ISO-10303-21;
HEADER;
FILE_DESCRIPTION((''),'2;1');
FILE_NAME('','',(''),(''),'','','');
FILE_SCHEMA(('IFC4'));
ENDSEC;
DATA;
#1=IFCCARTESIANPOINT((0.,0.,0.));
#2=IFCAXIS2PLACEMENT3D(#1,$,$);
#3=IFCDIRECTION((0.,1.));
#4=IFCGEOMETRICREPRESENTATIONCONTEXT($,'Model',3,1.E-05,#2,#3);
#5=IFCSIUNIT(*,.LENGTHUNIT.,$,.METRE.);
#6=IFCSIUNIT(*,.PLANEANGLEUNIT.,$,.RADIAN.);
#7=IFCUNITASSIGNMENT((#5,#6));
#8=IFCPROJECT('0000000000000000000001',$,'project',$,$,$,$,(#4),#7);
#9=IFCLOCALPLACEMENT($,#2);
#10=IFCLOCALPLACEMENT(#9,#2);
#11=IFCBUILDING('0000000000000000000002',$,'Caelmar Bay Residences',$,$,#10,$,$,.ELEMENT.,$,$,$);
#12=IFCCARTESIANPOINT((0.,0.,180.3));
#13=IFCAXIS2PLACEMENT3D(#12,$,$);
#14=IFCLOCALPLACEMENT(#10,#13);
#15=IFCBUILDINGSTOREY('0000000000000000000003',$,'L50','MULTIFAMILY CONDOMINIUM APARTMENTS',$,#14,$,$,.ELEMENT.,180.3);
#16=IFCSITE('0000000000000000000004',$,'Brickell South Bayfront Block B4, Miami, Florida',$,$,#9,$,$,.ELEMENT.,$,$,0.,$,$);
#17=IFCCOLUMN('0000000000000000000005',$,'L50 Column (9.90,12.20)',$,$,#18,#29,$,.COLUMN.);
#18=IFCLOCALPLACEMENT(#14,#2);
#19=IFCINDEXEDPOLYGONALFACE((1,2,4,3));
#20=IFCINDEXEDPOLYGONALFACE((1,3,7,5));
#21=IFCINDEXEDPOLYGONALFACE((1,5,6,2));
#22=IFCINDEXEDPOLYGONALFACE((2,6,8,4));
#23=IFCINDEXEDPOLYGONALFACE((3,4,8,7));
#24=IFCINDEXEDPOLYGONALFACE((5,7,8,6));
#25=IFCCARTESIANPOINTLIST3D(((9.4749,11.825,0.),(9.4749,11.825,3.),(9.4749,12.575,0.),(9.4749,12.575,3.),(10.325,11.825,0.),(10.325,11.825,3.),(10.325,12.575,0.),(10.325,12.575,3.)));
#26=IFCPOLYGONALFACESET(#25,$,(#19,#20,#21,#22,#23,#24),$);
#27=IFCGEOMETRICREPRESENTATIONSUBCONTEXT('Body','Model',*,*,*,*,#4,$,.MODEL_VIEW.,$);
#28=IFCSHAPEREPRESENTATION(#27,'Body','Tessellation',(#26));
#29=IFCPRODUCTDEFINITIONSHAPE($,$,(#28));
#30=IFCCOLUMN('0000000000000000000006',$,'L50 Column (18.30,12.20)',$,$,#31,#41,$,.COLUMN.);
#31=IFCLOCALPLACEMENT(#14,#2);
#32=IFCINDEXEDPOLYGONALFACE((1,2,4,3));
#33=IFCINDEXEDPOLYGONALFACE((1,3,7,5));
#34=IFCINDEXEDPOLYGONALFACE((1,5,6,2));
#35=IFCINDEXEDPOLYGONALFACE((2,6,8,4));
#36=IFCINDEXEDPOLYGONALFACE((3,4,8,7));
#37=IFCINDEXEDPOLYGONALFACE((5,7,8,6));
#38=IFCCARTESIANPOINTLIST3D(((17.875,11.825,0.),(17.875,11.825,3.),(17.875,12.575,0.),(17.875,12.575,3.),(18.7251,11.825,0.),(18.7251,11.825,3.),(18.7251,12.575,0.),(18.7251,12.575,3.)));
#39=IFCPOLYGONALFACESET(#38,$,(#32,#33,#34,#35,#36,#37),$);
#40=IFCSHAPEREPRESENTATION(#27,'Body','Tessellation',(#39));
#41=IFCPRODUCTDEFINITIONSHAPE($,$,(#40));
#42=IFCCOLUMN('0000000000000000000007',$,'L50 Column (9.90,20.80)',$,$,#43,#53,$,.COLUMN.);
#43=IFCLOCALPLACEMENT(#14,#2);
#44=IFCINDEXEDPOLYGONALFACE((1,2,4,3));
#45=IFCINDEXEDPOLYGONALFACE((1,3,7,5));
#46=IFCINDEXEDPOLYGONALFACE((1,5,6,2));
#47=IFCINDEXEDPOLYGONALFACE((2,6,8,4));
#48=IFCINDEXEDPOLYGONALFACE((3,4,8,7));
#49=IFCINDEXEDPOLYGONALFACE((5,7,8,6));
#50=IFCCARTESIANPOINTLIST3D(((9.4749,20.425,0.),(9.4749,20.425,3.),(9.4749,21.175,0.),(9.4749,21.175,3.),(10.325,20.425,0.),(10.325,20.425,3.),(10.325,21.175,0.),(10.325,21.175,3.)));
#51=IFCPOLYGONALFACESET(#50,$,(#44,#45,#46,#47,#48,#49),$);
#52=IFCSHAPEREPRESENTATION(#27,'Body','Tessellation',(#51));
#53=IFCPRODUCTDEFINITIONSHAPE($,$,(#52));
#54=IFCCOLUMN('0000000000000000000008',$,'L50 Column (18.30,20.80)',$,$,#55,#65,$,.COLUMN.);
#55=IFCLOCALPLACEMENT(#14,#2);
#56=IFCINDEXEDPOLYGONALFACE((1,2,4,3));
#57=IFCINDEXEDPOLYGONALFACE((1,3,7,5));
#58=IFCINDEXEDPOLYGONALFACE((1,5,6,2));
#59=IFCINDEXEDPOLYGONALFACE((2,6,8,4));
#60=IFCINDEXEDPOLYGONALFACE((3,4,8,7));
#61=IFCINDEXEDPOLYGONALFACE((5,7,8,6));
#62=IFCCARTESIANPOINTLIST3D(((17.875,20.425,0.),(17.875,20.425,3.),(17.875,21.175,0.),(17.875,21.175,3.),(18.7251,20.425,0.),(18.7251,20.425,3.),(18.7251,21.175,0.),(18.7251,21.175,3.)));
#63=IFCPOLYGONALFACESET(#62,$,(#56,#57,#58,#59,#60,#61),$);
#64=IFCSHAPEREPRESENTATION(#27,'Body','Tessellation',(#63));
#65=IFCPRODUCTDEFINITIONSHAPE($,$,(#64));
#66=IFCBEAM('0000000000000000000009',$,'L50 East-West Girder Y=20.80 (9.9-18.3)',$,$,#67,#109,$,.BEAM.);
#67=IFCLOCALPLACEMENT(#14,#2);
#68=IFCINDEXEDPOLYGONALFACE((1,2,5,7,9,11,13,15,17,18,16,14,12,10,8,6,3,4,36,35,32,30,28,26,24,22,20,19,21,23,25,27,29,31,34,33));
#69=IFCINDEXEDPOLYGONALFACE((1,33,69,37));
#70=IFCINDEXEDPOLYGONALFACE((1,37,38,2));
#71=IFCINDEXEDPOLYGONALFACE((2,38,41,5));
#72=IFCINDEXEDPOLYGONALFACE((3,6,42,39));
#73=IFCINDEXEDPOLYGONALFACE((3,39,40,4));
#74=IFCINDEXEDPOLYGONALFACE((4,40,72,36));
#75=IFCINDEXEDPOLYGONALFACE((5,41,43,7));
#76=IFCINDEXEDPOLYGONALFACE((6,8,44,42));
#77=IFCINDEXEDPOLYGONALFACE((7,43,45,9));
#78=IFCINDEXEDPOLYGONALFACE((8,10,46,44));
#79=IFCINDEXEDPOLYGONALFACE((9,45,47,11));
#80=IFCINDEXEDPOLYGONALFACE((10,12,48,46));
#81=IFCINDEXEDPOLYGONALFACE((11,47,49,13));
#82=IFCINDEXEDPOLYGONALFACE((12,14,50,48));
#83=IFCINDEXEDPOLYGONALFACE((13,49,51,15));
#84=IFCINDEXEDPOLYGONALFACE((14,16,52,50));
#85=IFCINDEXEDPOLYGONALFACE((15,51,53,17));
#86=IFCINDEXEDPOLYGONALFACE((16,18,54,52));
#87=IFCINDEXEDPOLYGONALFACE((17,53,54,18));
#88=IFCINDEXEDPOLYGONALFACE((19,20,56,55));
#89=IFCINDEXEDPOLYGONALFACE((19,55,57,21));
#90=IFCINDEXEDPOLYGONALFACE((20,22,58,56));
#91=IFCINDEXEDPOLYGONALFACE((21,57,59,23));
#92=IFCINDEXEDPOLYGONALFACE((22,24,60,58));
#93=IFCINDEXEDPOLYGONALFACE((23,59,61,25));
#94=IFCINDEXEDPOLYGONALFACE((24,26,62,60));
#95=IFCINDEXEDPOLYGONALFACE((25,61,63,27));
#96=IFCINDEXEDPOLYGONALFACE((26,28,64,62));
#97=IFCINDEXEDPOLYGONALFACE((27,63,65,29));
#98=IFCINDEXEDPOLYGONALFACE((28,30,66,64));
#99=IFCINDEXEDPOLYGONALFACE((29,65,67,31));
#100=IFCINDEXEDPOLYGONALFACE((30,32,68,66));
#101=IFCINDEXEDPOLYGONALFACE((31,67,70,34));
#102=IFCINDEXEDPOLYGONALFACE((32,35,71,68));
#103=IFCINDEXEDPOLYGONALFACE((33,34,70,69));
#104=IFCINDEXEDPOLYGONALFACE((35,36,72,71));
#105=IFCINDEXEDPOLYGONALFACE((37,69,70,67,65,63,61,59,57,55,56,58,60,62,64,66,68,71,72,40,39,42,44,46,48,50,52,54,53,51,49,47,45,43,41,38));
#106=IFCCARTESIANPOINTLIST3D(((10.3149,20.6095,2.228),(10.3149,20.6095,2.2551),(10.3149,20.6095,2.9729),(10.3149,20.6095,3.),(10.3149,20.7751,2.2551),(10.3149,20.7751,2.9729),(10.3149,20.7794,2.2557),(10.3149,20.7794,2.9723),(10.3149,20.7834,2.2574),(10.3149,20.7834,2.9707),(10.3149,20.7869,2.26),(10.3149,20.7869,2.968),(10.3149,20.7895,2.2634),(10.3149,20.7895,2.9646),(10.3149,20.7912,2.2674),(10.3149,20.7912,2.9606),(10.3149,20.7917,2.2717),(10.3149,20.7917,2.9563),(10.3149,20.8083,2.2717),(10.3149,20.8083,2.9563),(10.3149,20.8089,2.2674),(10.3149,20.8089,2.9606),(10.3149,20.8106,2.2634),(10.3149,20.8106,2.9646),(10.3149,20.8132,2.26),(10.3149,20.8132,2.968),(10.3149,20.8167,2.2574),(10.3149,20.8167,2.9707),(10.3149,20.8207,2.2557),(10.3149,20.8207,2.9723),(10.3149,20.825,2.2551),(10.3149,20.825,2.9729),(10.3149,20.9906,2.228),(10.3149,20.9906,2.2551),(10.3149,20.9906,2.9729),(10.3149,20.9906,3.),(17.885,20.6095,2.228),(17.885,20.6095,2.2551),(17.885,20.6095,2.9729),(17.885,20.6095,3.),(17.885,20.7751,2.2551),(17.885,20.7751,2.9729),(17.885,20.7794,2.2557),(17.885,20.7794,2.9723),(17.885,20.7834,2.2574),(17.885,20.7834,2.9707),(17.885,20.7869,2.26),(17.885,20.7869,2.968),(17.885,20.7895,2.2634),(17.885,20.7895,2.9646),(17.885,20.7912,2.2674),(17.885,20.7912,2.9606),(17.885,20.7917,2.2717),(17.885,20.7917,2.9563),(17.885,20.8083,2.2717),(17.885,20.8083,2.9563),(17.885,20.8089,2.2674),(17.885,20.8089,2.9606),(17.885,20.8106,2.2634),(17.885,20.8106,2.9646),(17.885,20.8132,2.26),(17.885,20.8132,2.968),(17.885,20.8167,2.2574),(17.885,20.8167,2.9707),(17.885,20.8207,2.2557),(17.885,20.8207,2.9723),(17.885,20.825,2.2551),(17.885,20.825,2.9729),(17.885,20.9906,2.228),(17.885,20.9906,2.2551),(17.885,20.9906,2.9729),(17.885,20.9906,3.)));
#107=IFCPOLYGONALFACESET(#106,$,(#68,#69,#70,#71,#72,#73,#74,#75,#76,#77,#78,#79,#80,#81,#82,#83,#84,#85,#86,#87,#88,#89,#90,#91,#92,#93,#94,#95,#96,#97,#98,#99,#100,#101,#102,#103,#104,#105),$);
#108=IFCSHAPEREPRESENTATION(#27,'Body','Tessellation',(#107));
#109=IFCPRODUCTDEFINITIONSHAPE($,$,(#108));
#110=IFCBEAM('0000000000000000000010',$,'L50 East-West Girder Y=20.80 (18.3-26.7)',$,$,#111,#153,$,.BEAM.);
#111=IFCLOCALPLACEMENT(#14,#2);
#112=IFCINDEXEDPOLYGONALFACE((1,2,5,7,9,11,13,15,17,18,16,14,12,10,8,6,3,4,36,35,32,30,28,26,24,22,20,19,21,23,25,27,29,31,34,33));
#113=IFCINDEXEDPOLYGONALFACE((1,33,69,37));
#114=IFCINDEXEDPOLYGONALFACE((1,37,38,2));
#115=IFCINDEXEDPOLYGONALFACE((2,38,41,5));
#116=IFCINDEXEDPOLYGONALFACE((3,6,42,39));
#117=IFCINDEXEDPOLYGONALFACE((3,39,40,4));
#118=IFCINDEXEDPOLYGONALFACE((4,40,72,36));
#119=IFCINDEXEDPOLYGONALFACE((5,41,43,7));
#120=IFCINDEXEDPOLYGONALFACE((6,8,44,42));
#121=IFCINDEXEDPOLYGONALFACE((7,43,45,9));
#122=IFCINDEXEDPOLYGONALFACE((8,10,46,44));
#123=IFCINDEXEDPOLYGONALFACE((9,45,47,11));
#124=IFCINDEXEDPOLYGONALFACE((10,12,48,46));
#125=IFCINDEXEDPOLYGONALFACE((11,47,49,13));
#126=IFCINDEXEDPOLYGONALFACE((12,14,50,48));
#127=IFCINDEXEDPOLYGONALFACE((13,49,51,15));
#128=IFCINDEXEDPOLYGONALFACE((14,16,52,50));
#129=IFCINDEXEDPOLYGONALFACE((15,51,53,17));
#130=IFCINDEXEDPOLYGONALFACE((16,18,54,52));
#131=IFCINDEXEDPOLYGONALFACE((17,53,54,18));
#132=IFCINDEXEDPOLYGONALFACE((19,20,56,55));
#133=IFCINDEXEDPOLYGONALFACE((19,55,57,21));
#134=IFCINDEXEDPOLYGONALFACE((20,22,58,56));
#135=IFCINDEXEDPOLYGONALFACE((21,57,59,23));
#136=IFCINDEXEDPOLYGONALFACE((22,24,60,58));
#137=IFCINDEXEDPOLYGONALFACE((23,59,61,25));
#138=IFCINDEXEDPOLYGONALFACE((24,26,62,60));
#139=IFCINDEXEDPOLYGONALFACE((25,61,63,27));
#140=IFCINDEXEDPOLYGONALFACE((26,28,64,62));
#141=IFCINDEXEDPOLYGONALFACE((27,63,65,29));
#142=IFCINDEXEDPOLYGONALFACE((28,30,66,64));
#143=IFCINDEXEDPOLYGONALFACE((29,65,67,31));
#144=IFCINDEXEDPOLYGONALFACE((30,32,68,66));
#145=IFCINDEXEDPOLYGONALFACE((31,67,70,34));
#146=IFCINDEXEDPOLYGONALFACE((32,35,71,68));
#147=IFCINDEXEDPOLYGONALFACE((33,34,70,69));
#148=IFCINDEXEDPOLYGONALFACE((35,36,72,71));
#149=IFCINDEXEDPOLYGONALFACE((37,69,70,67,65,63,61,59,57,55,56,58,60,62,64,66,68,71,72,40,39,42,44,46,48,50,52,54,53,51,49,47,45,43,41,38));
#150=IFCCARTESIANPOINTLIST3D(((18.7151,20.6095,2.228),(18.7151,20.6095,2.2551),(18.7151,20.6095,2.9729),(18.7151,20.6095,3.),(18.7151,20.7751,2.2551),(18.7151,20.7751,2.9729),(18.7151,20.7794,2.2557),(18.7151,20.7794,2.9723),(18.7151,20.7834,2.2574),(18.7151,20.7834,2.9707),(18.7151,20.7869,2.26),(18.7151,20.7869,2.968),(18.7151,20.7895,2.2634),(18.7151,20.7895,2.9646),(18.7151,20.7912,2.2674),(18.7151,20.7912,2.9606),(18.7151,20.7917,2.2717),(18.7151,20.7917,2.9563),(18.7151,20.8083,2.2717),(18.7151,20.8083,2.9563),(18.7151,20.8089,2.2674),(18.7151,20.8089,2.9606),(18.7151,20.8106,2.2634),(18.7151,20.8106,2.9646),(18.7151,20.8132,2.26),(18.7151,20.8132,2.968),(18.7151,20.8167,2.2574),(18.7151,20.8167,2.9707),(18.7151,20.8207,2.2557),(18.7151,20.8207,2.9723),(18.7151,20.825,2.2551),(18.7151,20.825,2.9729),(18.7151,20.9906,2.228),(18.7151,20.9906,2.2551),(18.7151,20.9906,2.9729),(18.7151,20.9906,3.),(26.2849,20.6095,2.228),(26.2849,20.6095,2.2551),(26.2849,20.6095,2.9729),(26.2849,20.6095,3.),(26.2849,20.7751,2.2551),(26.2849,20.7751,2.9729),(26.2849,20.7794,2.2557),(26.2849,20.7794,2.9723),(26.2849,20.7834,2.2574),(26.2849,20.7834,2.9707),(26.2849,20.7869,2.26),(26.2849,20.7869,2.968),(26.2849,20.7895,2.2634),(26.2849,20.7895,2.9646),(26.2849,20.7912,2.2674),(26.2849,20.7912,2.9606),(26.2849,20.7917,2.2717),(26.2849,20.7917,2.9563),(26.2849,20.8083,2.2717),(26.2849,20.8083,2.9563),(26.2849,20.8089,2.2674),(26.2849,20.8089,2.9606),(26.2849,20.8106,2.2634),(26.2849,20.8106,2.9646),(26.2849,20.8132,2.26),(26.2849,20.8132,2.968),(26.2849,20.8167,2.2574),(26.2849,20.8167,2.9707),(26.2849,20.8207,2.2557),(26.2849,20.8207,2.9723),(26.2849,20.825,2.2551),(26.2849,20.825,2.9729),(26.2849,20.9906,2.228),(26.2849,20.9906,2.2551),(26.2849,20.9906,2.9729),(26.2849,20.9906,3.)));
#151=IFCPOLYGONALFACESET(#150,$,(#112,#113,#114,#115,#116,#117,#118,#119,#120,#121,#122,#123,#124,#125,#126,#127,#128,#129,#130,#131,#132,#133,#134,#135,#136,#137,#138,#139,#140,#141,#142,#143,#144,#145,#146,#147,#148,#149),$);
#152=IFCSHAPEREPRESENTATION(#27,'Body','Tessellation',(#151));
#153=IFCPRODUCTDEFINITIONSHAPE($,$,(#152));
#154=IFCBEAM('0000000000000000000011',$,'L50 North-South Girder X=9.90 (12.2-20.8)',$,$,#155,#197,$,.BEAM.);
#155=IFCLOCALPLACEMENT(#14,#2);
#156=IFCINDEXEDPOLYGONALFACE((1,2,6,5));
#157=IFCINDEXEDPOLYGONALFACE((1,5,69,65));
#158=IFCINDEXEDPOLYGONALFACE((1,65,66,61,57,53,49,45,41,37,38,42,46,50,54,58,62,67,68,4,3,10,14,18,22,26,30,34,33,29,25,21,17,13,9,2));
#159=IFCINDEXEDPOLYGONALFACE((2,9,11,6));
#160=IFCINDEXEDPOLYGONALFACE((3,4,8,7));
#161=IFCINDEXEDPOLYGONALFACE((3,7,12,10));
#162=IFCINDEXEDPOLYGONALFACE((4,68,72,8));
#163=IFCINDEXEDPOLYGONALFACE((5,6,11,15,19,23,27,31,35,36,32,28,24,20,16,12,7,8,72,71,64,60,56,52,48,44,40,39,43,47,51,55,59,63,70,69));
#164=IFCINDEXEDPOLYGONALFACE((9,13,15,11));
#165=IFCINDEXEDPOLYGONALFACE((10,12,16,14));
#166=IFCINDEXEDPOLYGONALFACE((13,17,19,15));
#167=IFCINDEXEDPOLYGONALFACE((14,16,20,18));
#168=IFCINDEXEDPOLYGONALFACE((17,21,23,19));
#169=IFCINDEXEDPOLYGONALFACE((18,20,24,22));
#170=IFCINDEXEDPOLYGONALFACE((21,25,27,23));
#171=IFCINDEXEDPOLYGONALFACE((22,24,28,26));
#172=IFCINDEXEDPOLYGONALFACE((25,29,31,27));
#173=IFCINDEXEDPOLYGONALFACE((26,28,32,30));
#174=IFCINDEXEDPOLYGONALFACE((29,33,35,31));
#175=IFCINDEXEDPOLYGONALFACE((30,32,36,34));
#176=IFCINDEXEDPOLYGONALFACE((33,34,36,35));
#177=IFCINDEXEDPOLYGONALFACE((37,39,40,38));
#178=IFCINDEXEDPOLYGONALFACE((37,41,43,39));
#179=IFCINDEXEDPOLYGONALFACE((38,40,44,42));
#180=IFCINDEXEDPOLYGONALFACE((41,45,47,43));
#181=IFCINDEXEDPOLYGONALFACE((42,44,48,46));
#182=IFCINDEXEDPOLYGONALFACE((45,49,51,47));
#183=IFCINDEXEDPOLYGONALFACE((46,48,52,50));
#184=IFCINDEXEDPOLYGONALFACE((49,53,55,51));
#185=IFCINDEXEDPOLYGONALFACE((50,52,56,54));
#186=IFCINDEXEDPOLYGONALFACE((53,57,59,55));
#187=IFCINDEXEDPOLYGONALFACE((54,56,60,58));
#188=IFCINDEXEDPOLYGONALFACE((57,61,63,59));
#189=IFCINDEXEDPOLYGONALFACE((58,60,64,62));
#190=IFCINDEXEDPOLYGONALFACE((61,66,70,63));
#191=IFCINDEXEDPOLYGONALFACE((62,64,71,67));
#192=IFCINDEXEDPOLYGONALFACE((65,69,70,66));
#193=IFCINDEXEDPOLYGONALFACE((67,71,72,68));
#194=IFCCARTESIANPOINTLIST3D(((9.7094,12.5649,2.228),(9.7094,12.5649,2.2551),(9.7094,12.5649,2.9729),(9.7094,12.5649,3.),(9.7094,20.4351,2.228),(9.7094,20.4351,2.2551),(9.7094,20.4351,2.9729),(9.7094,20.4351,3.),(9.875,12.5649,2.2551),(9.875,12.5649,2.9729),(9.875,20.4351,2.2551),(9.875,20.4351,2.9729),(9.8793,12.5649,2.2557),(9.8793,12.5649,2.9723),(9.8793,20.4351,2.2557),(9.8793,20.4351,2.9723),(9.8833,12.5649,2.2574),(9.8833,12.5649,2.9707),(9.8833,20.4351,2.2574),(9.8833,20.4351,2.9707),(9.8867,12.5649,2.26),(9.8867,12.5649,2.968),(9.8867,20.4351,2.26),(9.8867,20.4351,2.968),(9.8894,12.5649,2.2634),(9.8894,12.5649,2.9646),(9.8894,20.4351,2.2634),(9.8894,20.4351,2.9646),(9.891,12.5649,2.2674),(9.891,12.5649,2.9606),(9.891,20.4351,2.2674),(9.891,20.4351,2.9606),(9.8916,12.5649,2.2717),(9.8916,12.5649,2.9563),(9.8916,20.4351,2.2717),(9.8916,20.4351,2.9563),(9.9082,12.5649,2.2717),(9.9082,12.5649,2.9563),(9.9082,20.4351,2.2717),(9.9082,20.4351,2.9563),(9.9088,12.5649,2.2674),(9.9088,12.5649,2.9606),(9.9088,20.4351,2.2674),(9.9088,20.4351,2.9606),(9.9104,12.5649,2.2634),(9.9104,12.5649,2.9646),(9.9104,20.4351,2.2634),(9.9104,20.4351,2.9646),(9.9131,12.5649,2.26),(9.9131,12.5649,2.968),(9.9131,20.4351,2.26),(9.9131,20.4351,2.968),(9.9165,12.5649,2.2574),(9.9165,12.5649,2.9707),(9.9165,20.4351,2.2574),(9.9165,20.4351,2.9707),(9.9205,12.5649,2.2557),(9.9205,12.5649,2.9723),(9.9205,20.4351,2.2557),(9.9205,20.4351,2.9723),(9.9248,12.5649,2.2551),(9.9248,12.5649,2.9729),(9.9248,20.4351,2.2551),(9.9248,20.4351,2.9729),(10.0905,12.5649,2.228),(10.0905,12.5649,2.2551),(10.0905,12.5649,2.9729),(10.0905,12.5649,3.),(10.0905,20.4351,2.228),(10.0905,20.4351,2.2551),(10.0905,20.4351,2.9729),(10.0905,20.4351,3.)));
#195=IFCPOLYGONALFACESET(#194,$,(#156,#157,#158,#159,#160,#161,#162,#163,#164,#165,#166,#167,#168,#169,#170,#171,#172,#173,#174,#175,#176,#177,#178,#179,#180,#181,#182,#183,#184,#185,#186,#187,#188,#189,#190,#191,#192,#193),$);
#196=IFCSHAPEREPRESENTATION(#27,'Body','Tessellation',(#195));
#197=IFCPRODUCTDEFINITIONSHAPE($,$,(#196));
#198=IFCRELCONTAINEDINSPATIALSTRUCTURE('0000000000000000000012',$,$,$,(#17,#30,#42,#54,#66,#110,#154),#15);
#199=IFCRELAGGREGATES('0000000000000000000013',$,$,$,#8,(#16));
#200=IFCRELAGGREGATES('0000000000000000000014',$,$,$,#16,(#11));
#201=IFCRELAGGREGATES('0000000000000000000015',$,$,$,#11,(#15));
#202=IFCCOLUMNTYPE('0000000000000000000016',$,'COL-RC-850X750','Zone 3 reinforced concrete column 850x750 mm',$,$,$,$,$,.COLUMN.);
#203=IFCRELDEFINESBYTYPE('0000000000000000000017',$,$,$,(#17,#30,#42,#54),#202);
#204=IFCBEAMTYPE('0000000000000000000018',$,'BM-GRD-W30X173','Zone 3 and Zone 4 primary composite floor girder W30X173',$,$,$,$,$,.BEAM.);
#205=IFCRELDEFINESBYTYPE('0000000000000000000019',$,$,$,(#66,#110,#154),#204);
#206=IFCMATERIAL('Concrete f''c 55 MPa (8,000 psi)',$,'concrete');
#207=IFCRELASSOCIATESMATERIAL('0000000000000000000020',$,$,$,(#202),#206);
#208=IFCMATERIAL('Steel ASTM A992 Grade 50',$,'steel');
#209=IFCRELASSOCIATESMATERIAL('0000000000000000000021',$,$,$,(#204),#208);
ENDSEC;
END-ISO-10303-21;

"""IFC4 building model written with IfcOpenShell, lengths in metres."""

from ifc_helpers import new_model, si_unit, direction, frame, origin, origin_2d, place, context, subcontext, project, spatial, rectangle, i_section, extrude, material, material_profile, profile_set, type_object, element, save


model = new_model("IFC4")

# Units and contexts
model_context = context("Model", 3, precision=1e-05, world=origin(), true_north=direction((0.0, 1.0)))
body_context = subcontext(model_context, "Body", "Model", "MODEL_VIEW")
ifc_project = project(units=[si_unit("LENGTHUNIT", "METRE"), si_unit("PLANEANGLEUNIT", "RADIAN")], contexts=[model_context])

# Site, building, storey
site_placement = place(None, origin())
site = spatial("IfcSite", under=ifc_project, at=site_placement, Name="Brickell South Bayfront Block B4, Miami, Florida", CompositionType="ELEMENT", RefElevation=0.0)
building_placement = place(site_placement, origin())
building = spatial("IfcBuilding", under=site, at=building_placement, Name="Caelmar Bay Residences", CompositionType="ELEMENT")
storey_placement = place(building_placement, frame((0.0, 0.0, 180.3)))
storey = spatial("IfcBuildingStorey", under=building, at=storey_placement, Name="L50", Description="MULTIFAMILY CONDOMINIUM APARTMENTS", CompositionType="ELEMENT", Elevation=180.3)

# Columns
ifc_material_1 = material(Name="Concrete f'c 55 MPa (8,000 psi)", Category="concrete")
ifc_material_profile_1 = material_profile(ifc_material_1, rectangle(XDim=0.8501, YDim=0.75, at=origin_2d()), Name="RC-COL-850X750")
ifc_profile_set_1 = profile_set([ifc_material_profile_1], Name="Concrete f'c 55 MPa (8,000 psi)")
column_type = type_object("IfcColumnType", Name="COL-RC-850X750", Description="Zone 3 reinforced concrete column 850x750 mm", PredefinedType="COLUMN", material=ifc_profile_set_1)
for number, where, z_axis, x_axis, name in (
    (1, (9.8999, 12.2, 0.0), (0.0, 0.0, 1.0), (1.0, 0.0, 0.0), "L50 Column (9.90,12.20)"),
    (2, (18.3, 12.2, 0.0), (0.0, 0.0, 1.0), (1.0, 0.0, 0.0), "L50 Column (18.30,12.20)"),
    (3, (9.8999, 20.8, 0.0), (0.0, 0.0, 1.0), (1.0, 0.0, 0.0), "L50 Column (9.90,20.80)"),
    (4, (18.3, 20.8, 0.0), (0.0, 0.0, 1.0), (1.0, 0.0, 0.0), "L50 Column (18.30,20.80)"),
):
    element("IfcColumn", number, at=place(storey_placement, frame(where, z_axis=z_axis, x_axis=x_axis)), inside=storey, type_object=column_type, Name=name, PredefinedType="COLUMN", context=body_context, shape_type="SweptSolid", body=[
        extrude(rectangle(XDim=0.8501, YDim=0.75, at=origin_2d()), origin(), (0.0, 0.0, 1.0), 3.0),
    ])

# Beams
ifc_material_2 = material(Name="Steel ASTM A992 Grade 50", Category="steel")
ifc_material_profile_2 = material_profile(ifc_material_2, i_section(OverallWidth=0.3811, OverallDepth=0.772, WebThickness=0.0166, FlangeThickness=0.0271, FilletRadius=0.0166, at=origin_2d()), Name="W30X173")
ifc_profile_set_2 = profile_set([ifc_material_profile_2], Name="Steel ASTM A992 Grade 50")
beam_type_1 = type_object("IfcBeamType", Name="BM-GRD-W30X173", Description="Zone 3 and Zone 4 primary composite floor girder W30X173", PredefinedType="BEAM", material=ifc_profile_set_2)
beam_1_placement = place(storey_placement, frame((10.3149, 20.8, 2.614), z_axis=(1.0, 0.0, 0.0), x_axis=(0.0, 1.0, 0.0)))
element("IfcBeam", 5, at=beam_1_placement, inside=storey, type_object=beam_type_1, Name="L50 East-West Girder Y=20.80 (9.9-18.3)", PredefinedType="BEAM", context=body_context, shape_type="SweptSolid", body=[
    extrude(i_section(OverallWidth=0.3811, OverallDepth=0.772, WebThickness=0.0166, FlangeThickness=0.0271, FilletRadius=0.0166, at=origin_2d()), origin(), (0.0, 0.0, 1.0), 7.5701),
])
beam_2_placement = place(storey_placement, frame((18.7151, 20.8, 2.614), z_axis=(1.0, 0.0, 0.0), x_axis=(0.0, 1.0, 0.0)))
element("IfcBeam", 6, at=beam_2_placement, inside=storey, type_object=beam_type_1, Name="L50 East-West Girder Y=20.80 (18.3-26.7)", PredefinedType="BEAM", context=body_context, shape_type="SweptSolid", body=[
    extrude(i_section(OverallWidth=0.3811, OverallDepth=0.772, WebThickness=0.0166, FlangeThickness=0.0271, FilletRadius=0.0166, at=origin_2d()), origin(), (0.0, 0.0, 1.0), 7.5698),
])
beam_3_placement = place(storey_placement, frame((9.8999, 12.5649, 2.614), z_axis=(0.0, 1.0, 0.0), x_axis=(-1.0, 0.0, 0.0)))
element("IfcBeam", 7, at=beam_3_placement, inside=storey, type_object=beam_type_1, Name="L50 North-South Girder X=9.90 (12.2-20.8)", PredefinedType="BEAM", context=body_context, shape_type="SweptSolid", body=[
    extrude(i_section(OverallWidth=0.3811, OverallDepth=0.772, WebThickness=0.0166, FlangeThickness=0.0271, FilletRadius=0.0166, at=origin_2d()), origin(), (0.0, 0.0, 1.0), 7.8701),
])

save(model, "model.ifc")
